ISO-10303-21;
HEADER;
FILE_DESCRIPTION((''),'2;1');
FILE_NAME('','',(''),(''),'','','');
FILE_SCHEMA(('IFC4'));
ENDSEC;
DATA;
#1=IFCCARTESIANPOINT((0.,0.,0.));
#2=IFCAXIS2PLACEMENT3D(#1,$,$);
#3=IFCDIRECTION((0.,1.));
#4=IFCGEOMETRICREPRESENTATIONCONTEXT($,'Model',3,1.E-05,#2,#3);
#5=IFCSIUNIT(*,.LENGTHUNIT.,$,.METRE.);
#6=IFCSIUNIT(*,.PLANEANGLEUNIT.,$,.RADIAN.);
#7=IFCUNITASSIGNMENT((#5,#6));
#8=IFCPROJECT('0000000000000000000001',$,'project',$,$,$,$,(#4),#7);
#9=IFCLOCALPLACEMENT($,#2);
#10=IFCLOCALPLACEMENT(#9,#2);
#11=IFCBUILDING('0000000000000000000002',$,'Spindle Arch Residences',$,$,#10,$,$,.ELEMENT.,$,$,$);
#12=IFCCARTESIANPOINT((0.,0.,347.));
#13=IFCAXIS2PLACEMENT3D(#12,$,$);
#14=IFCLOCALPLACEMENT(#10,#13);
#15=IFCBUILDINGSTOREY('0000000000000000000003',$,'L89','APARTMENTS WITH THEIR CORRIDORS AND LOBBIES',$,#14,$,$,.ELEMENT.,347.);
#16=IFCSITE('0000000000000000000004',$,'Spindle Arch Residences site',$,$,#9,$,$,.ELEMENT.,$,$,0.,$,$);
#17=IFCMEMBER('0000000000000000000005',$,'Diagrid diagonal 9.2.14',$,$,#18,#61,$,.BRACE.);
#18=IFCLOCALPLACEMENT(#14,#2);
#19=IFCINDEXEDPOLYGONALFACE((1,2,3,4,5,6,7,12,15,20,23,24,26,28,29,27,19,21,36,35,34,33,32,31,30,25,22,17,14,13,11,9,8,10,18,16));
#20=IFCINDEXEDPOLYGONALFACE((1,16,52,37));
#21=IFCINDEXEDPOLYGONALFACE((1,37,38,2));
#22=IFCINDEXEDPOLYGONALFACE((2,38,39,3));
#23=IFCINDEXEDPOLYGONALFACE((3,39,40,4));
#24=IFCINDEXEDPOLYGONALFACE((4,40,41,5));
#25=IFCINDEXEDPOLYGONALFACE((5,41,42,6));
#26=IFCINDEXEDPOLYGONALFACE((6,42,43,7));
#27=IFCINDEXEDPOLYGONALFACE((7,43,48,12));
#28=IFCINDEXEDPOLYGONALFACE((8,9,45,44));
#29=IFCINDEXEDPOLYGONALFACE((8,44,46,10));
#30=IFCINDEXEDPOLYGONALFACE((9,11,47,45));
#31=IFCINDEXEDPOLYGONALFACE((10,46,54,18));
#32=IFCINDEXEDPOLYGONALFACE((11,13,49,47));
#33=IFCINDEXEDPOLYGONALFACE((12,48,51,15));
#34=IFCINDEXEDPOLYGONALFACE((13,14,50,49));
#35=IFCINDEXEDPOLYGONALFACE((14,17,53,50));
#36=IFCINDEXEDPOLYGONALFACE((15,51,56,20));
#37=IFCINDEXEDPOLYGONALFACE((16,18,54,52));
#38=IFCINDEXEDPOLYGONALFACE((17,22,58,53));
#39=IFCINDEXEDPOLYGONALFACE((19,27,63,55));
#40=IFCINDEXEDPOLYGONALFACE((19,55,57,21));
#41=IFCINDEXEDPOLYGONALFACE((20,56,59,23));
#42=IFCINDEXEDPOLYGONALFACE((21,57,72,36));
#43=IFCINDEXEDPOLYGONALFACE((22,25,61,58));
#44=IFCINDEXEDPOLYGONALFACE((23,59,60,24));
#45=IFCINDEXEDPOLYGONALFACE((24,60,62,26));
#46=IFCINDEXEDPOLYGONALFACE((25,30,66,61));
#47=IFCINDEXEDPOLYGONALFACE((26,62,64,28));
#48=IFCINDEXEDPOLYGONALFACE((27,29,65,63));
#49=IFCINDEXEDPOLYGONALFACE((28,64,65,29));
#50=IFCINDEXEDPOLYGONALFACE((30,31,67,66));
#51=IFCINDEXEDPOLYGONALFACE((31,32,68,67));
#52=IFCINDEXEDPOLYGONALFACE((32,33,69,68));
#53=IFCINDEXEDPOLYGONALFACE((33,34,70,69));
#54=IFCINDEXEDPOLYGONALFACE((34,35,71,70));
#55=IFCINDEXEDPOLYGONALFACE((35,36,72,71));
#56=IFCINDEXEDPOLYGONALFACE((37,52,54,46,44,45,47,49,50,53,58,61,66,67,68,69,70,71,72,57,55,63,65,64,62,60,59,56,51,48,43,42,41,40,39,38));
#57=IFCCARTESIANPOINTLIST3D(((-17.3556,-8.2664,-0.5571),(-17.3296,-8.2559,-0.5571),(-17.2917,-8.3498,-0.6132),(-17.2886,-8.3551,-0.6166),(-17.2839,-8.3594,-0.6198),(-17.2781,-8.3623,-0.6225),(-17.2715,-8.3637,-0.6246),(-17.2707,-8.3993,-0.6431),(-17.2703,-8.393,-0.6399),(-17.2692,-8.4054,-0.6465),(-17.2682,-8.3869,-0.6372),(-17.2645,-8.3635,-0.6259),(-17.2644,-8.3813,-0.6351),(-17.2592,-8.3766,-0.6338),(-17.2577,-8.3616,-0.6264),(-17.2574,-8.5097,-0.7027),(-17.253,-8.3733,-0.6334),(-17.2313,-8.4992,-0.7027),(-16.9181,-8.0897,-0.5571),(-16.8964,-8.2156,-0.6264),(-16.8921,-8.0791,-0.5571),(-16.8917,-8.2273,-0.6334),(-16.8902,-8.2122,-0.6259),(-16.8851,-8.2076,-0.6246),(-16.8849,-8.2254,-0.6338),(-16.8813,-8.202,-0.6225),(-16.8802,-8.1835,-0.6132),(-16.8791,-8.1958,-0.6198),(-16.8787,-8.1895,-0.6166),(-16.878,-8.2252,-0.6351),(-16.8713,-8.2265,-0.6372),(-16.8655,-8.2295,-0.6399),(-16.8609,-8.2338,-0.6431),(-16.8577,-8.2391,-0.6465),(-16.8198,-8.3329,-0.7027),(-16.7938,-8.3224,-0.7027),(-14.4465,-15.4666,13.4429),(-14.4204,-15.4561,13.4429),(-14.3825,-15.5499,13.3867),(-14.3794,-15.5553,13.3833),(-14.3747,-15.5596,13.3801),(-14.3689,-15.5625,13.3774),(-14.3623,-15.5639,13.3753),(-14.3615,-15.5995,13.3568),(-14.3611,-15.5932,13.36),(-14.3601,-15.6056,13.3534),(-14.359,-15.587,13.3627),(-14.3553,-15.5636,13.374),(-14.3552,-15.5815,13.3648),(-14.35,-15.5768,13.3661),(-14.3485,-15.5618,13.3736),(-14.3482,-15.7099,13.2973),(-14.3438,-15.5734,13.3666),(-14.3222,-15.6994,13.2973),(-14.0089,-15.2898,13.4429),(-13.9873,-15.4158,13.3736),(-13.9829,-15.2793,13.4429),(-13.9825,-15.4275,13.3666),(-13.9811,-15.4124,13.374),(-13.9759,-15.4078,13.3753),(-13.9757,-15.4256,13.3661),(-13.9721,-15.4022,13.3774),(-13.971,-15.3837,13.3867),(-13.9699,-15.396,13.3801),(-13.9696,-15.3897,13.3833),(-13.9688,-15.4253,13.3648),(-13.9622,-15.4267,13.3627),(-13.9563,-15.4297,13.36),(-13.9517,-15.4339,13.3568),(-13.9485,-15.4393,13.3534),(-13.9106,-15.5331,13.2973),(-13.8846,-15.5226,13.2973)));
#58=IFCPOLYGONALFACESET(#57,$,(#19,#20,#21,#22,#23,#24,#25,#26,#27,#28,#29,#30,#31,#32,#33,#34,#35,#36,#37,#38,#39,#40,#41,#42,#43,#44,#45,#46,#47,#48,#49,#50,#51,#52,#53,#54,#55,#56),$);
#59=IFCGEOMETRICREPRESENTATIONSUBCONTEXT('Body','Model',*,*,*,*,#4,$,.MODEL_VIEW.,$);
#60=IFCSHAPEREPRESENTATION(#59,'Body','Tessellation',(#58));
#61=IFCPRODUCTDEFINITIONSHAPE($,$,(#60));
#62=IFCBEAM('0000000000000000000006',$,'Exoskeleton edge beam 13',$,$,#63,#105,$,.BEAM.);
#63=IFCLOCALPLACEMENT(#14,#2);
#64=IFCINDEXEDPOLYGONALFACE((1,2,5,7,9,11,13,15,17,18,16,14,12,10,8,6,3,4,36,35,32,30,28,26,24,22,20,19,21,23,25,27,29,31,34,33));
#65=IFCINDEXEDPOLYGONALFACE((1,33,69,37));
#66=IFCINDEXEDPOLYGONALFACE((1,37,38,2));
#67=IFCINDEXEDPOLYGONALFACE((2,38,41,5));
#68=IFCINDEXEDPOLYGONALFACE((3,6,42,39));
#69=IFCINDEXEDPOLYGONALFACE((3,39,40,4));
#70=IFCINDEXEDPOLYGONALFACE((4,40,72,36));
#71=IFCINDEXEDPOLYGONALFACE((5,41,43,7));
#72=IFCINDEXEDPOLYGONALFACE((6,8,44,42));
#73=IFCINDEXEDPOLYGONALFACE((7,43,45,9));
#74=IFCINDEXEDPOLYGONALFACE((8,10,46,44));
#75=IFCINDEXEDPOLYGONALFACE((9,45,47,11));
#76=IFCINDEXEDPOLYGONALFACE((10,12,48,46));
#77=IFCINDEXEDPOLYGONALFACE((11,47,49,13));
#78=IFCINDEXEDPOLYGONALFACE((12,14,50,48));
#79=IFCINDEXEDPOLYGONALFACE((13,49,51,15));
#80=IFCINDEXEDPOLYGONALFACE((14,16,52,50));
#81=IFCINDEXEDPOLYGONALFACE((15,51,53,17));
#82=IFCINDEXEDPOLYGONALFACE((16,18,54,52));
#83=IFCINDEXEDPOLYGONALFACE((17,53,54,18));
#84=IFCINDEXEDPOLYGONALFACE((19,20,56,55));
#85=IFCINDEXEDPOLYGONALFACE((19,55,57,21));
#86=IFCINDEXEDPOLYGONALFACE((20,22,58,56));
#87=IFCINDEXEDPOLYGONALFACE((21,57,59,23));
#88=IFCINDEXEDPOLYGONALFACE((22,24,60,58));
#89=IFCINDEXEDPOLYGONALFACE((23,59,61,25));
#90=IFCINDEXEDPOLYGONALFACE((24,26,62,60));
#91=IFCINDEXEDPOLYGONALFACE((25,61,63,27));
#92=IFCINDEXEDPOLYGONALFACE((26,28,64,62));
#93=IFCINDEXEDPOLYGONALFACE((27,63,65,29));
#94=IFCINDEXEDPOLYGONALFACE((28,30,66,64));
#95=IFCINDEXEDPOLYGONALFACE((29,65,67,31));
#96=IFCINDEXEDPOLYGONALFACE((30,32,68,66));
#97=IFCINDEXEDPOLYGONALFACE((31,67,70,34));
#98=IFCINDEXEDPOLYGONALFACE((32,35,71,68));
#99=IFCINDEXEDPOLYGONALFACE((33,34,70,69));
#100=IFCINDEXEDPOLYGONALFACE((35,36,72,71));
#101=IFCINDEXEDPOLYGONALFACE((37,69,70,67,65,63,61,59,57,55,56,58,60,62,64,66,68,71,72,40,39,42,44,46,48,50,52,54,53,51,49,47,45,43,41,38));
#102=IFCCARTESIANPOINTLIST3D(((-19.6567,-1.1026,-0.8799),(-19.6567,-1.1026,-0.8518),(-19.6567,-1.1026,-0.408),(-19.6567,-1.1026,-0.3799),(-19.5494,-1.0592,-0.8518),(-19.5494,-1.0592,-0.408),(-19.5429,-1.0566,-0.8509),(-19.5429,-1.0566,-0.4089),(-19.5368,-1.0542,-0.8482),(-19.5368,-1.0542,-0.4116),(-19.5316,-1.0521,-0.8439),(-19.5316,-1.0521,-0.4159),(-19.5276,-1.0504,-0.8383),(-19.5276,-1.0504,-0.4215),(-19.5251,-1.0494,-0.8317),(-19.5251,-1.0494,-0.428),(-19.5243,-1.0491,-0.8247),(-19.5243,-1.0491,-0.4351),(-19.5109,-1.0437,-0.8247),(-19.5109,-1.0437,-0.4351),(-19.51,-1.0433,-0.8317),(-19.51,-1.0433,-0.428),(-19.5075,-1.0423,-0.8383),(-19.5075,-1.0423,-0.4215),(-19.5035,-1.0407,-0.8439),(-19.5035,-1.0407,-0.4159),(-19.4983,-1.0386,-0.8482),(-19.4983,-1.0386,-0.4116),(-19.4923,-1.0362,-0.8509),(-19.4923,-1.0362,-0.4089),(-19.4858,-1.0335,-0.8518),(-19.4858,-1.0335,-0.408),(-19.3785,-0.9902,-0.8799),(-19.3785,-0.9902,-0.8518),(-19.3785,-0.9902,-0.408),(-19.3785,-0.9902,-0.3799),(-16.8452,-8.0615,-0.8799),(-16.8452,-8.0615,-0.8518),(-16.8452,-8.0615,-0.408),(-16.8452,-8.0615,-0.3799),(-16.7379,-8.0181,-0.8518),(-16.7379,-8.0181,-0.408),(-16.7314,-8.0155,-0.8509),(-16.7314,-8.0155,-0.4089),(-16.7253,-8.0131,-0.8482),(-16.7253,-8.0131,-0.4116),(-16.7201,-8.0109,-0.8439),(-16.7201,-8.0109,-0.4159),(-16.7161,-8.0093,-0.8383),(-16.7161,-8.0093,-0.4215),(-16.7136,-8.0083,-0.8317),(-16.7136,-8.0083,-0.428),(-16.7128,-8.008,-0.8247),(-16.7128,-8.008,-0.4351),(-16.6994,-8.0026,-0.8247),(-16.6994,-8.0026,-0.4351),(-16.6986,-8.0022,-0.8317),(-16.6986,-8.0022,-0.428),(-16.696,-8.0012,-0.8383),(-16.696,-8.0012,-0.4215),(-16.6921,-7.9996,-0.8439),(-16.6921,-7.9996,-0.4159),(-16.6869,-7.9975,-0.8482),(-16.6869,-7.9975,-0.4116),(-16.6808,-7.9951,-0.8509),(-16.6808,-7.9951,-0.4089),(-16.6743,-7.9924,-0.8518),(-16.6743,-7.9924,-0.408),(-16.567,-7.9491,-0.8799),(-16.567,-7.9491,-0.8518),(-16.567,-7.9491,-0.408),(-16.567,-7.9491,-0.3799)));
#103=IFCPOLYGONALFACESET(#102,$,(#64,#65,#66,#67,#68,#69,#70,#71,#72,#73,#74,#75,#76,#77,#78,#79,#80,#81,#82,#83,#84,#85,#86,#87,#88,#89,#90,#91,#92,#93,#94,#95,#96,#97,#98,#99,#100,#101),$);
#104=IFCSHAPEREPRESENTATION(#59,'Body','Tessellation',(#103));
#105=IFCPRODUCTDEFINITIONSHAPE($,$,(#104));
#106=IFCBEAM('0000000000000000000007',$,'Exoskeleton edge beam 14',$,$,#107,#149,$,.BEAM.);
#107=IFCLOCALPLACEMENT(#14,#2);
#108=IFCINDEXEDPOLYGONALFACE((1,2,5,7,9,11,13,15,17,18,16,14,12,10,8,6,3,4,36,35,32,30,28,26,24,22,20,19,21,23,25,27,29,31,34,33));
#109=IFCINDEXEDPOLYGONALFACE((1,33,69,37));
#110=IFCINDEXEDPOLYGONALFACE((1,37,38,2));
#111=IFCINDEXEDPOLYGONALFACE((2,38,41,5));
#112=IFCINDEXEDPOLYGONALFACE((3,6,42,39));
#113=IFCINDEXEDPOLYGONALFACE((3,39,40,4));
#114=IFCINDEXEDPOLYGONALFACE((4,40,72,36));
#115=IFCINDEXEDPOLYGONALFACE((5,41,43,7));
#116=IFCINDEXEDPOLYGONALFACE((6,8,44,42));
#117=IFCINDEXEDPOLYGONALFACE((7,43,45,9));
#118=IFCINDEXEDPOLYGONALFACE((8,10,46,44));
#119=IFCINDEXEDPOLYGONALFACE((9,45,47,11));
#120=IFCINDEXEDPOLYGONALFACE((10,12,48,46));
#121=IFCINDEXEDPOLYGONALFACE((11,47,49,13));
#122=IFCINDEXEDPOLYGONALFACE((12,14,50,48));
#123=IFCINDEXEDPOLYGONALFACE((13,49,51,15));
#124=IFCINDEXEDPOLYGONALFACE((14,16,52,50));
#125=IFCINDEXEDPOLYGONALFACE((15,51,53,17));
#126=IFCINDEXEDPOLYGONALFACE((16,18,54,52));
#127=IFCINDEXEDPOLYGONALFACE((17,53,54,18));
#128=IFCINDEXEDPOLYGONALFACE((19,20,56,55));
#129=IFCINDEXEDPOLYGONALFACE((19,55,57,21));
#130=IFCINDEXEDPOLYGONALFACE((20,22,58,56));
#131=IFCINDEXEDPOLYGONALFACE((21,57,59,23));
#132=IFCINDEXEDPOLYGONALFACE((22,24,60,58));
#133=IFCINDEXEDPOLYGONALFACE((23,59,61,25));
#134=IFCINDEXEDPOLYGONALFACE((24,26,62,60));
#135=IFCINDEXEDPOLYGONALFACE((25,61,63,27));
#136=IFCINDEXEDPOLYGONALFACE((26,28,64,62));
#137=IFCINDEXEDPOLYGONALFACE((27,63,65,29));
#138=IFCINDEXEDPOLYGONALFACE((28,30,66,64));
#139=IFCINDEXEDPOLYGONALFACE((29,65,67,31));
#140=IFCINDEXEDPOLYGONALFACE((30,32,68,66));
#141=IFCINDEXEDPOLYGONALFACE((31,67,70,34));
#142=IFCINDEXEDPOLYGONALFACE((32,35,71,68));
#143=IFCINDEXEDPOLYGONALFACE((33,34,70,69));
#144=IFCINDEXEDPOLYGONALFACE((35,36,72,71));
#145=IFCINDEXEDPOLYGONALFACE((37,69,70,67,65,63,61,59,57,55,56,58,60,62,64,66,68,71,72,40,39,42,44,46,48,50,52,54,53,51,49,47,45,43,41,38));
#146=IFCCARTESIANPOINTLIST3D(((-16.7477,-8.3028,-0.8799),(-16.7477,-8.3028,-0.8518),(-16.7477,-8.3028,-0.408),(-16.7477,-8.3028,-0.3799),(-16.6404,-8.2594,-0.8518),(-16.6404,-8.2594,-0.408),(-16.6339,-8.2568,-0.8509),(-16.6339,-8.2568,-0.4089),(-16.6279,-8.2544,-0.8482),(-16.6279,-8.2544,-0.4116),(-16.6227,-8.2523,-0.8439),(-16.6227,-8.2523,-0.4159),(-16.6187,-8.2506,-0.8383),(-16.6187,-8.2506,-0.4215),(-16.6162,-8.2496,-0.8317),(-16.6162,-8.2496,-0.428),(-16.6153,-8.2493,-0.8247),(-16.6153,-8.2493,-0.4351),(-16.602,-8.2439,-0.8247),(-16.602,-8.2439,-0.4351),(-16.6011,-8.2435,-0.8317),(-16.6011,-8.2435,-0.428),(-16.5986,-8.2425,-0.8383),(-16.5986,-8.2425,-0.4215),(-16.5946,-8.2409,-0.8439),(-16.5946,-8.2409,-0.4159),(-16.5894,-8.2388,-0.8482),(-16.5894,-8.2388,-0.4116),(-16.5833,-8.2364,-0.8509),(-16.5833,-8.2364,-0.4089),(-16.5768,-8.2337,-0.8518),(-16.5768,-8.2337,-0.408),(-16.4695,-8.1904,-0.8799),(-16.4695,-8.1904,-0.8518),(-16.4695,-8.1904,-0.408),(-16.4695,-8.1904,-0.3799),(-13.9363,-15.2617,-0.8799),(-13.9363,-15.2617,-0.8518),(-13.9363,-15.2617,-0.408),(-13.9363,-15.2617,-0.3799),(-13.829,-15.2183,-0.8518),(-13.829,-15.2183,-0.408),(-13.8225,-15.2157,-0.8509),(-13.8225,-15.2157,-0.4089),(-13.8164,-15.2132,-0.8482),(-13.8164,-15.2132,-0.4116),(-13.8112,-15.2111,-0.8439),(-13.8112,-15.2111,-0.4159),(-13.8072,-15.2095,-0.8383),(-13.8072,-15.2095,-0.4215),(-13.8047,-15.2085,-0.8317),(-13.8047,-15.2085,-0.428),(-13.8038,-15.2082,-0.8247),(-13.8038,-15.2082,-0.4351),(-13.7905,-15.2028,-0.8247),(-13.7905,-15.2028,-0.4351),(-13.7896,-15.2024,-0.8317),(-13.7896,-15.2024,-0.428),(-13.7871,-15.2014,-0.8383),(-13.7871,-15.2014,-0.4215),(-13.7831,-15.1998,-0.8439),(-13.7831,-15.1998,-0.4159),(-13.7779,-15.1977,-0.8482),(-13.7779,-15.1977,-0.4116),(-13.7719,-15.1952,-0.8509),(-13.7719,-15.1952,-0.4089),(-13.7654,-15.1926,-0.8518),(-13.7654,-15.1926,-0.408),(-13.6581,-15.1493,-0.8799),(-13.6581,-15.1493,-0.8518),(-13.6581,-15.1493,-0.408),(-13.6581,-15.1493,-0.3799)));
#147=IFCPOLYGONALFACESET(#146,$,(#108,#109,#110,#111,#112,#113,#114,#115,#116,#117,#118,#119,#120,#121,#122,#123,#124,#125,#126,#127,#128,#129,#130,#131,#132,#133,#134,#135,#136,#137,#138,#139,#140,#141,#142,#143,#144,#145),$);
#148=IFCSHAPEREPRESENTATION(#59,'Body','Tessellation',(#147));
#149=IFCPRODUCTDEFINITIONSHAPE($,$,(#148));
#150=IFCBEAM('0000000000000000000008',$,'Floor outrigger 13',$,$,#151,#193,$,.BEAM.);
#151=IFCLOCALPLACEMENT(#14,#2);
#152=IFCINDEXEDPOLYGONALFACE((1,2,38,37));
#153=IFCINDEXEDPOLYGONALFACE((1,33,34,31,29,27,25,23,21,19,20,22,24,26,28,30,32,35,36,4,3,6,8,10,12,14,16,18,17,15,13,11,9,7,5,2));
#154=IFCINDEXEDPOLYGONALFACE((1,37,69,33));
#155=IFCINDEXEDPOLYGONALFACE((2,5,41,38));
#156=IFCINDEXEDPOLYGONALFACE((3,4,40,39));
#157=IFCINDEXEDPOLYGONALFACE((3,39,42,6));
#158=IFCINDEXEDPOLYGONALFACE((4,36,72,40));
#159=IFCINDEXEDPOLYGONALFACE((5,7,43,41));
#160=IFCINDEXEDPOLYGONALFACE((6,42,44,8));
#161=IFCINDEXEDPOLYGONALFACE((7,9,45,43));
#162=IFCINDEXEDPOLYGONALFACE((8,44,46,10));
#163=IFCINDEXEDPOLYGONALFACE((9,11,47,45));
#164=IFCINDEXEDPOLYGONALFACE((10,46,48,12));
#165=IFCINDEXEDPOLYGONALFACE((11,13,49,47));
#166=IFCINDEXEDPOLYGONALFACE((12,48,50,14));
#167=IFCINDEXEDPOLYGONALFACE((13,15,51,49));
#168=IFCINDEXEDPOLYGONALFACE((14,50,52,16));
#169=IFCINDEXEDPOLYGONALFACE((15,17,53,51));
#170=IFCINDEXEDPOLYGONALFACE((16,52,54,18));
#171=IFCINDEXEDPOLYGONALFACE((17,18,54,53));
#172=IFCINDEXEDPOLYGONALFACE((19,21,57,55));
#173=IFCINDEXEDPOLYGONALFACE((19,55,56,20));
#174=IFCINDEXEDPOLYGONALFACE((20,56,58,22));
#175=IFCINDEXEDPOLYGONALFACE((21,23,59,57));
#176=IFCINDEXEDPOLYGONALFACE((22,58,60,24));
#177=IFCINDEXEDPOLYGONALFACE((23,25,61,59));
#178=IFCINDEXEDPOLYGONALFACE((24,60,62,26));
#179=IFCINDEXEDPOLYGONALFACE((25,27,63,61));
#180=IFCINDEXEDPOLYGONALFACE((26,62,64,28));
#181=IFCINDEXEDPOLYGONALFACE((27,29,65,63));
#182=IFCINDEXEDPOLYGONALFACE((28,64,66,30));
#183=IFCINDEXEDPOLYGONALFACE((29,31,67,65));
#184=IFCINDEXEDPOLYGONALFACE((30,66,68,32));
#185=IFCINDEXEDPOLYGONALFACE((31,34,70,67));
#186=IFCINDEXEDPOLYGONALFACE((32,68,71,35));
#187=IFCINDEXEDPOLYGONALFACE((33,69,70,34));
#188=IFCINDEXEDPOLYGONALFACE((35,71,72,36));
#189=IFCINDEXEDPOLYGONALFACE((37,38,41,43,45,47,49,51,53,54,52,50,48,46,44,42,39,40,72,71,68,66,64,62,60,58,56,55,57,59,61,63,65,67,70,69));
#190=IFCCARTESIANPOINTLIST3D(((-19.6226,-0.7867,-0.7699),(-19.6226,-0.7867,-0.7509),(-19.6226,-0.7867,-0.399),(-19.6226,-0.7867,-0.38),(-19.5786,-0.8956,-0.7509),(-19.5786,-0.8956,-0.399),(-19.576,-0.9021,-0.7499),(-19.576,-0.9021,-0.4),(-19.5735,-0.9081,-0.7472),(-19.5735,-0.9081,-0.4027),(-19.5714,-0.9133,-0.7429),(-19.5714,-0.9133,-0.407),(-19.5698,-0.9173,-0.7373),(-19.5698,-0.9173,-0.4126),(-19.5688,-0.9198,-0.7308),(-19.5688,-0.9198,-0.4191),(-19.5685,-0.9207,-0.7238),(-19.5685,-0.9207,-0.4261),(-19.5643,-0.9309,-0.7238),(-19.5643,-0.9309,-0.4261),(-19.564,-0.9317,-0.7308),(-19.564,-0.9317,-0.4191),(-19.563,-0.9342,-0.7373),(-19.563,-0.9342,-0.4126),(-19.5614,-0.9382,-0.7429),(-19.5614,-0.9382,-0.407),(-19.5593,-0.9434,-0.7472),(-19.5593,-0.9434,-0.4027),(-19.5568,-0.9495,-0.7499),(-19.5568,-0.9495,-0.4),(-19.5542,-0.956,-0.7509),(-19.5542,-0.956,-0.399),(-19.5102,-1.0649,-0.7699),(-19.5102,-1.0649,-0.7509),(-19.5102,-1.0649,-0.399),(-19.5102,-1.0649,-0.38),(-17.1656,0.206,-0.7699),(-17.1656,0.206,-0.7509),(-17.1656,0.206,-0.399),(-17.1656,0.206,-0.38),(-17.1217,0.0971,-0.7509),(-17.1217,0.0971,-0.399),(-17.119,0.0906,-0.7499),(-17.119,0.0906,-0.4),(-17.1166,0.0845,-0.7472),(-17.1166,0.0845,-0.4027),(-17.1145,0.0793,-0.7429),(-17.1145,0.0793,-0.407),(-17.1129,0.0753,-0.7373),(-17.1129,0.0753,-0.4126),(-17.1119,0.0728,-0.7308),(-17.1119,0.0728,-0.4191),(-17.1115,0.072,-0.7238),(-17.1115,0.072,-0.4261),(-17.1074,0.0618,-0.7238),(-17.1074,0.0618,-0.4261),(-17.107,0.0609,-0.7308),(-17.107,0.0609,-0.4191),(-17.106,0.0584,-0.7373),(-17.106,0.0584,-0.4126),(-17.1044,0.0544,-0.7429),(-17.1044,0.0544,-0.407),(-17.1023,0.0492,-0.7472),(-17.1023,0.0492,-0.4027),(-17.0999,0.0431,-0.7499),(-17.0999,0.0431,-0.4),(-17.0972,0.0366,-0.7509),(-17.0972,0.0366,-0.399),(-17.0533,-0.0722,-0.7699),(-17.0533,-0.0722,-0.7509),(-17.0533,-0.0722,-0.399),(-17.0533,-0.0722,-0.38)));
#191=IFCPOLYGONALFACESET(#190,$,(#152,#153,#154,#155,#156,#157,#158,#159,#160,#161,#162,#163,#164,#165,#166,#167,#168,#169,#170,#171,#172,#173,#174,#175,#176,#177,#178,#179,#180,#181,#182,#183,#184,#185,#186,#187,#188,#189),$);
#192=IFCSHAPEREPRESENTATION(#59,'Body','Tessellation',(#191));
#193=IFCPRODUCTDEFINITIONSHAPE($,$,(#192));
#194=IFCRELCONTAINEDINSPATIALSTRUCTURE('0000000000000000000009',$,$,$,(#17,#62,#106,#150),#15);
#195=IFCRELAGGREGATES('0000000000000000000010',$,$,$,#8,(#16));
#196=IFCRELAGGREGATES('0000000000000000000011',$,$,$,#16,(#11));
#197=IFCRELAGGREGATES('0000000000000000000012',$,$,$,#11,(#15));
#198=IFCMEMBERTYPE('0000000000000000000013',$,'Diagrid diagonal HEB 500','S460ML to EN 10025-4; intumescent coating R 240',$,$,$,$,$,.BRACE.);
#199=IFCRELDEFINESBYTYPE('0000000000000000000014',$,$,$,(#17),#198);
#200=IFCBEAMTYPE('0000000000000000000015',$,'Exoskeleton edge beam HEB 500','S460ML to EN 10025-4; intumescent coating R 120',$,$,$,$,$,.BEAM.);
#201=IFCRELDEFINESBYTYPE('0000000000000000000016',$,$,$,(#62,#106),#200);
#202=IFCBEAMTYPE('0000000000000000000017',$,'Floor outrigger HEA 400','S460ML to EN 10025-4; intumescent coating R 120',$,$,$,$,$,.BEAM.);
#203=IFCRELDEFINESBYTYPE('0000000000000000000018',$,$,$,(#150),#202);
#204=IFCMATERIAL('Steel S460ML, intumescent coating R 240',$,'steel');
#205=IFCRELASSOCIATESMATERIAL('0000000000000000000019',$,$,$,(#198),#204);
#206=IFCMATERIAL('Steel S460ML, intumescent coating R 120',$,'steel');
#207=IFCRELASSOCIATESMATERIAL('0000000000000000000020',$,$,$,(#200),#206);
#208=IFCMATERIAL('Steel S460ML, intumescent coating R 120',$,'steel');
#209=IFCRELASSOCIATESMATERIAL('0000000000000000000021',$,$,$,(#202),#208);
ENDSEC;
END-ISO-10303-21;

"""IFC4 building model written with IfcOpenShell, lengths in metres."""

from ifc_helpers import new_model, si_unit, direction, frame, origin, origin_2d, place, context, subcontext, project, spatial, i_section, extrude, material, material_profile, profile_set, type_object, element, save


model = new_model("IFC4")

# Units and contexts
model_context = context("Model", 3, precision=1e-05, world=origin(), true_north=direction((0.0, 1.0)))
body_context = subcontext(model_context, "Body", "Model", "MODEL_VIEW")
ifc_project = project(units=[si_unit("LENGTHUNIT", "METRE"), si_unit("PLANEANGLEUNIT", "RADIAN")], contexts=[model_context])

# Site, building, storey
site_placement = place(None, origin())
site = spatial("IfcSite", under=ifc_project, at=site_placement, Name="Spindle Arch Residences site", CompositionType="ELEMENT", RefElevation=0.0)
building_placement = place(site_placement, origin())
building = spatial("IfcBuilding", under=site, at=building_placement, Name="Spindle Arch Residences", CompositionType="ELEMENT")
storey_placement = place(building_placement, frame((0.0, 0.0, 347.0)))
storey = spatial("IfcBuildingStorey", under=building, at=storey_placement, Name="L89", Description="APARTMENTS WITH THEIR CORRIDORS AND LOBBIES", CompositionType="ELEMENT", Elevation=347.0)

# Member
ifc_material_1 = material(Name="Steel S460ML, intumescent coating R 240", Category="steel")
ifc_material_profile_1 = material_profile(ifc_material_1, i_section(OverallWidth=0.3, OverallDepth=0.5, WebThickness=0.0144, FlangeThickness=0.0281, FilletRadius=0.0271, at=origin_2d()), Name="HEB 500")
ifc_profile_set_1 = profile_set([ifc_material_profile_1], Name="Steel S460ML, intumescent coating R 240")
member_type_1 = type_object("IfcMemberType", Name="Diagrid diagonal HEB 500", Description="S460ML to EN 10025-4; intumescent coating R 240", PredefinedType="BRACE", material=ifc_profile_set_1)
for number, where, z_axis, x_axis, name in (
    (1, (-17.0747, -8.2944, -0.6299), (0.181715, -0.449743, 0.874477), (-0.327596, 0.810797, 0.485066), "Diagrid diagonal 9.2.14"),
):
    element("IfcMember", number, at=place(storey_placement, frame(where, z_axis=z_axis, x_axis=x_axis)), inside=storey, type_object=member_type_1, Name=name, PredefinedType="BRACE", context=body_context, shape_type="SweptSolid", body=[
        extrude(i_section(OverallWidth=0.3, OverallDepth=0.5, WebThickness=0.0144, FlangeThickness=0.0281, FilletRadius=0.0271, at=origin_2d()), origin(), (0.0, 0.0, 1.0), 16.0095),
    ])

# Beams
ifc_material_2 = material(Name="Steel S460ML, intumescent coating R 120", Category="steel")
ifc_material_profile_2 = material_profile(ifc_material_2, i_section(OverallWidth=0.3, OverallDepth=0.5, WebThickness=0.0144, FlangeThickness=0.0281, FilletRadius=0.0271, at=origin_2d()), Name="HEB 500")
ifc_profile_set_2 = profile_set([ifc_material_profile_2], Name="Steel S460ML, intumescent coating R 120")
beam_type_1 = type_object("IfcBeamType", Name="Exoskeleton edge beam HEB 500", Description="S460ML to EN 10025-4; intumescent coating R 120", PredefinedType="BEAM", material=ifc_profile_set_2)
for number, where, z_axis, x_axis, name in (
    (2, (-19.5176, -1.0464, -0.6299), (0.374596, -0.927188, 0.0), (0.927188, 0.374596, 0.0), "Exoskeleton edge beam 13"),
    (3, (-16.6086, -8.2466, -0.6299), (0.374596, -0.927188, 0.0), (0.927188, 0.374596, 0.0), "Exoskeleton edge beam 14"),
):
    element("IfcBeam", number, at=place(storey_placement, frame(where, z_axis=z_axis, x_axis=x_axis)), inside=storey, type_object=beam_type_1, Name=name, PredefinedType="BEAM", context=body_context, shape_type="SweptSolid", body=[
        extrude(i_section(OverallWidth=0.3, OverallDepth=0.5, WebThickness=0.0144, FlangeThickness=0.0281, FilletRadius=0.0271, at=origin_2d()), origin(), (0.0, 0.0, 1.0), 7.5054),
    ])
ifc_material_3 = material(Name="Steel S460ML, intumescent coating R 120", Category="steel")
ifc_material_profile_3 = material_profile(ifc_material_3, i_section(OverallWidth=0.3, OverallDepth=0.3899, WebThickness=0.011, FlangeThickness=0.019, FilletRadius=0.0271, at=origin_2d()), Name="HEA 400")
ifc_profile_set_3 = profile_set([ifc_material_profile_3], Name="Steel S460ML, intumescent coating R 120")
beam_type_2 = type_object("IfcBeamType", Name="Floor outrigger HEA 400", Description="S460ML to EN 10025-4; intumescent coating R 120", PredefinedType="BEAM", material=ifc_profile_set_3)
beam_1_placement = place(storey_placement, frame((-19.5664, -0.9258, -0.575), z_axis=(0.927188, 0.374597, 0.0), x_axis=(-0.374597, 0.927188, 0.0)))
element("IfcBeam", 4, at=beam_1_placement, inside=storey, type_object=beam_type_2, Name="Floor outrigger 13", PredefinedType="BEAM", context=body_context, shape_type="SweptSolid", body=[
    extrude(i_section(OverallWidth=0.3, OverallDepth=0.3899, WebThickness=0.011, FlangeThickness=0.019, FilletRadius=0.0271, at=origin_2d()), origin(), (0.0, 0.0, 1.0), 2.6499),
])

save(model, "model.ifc")
